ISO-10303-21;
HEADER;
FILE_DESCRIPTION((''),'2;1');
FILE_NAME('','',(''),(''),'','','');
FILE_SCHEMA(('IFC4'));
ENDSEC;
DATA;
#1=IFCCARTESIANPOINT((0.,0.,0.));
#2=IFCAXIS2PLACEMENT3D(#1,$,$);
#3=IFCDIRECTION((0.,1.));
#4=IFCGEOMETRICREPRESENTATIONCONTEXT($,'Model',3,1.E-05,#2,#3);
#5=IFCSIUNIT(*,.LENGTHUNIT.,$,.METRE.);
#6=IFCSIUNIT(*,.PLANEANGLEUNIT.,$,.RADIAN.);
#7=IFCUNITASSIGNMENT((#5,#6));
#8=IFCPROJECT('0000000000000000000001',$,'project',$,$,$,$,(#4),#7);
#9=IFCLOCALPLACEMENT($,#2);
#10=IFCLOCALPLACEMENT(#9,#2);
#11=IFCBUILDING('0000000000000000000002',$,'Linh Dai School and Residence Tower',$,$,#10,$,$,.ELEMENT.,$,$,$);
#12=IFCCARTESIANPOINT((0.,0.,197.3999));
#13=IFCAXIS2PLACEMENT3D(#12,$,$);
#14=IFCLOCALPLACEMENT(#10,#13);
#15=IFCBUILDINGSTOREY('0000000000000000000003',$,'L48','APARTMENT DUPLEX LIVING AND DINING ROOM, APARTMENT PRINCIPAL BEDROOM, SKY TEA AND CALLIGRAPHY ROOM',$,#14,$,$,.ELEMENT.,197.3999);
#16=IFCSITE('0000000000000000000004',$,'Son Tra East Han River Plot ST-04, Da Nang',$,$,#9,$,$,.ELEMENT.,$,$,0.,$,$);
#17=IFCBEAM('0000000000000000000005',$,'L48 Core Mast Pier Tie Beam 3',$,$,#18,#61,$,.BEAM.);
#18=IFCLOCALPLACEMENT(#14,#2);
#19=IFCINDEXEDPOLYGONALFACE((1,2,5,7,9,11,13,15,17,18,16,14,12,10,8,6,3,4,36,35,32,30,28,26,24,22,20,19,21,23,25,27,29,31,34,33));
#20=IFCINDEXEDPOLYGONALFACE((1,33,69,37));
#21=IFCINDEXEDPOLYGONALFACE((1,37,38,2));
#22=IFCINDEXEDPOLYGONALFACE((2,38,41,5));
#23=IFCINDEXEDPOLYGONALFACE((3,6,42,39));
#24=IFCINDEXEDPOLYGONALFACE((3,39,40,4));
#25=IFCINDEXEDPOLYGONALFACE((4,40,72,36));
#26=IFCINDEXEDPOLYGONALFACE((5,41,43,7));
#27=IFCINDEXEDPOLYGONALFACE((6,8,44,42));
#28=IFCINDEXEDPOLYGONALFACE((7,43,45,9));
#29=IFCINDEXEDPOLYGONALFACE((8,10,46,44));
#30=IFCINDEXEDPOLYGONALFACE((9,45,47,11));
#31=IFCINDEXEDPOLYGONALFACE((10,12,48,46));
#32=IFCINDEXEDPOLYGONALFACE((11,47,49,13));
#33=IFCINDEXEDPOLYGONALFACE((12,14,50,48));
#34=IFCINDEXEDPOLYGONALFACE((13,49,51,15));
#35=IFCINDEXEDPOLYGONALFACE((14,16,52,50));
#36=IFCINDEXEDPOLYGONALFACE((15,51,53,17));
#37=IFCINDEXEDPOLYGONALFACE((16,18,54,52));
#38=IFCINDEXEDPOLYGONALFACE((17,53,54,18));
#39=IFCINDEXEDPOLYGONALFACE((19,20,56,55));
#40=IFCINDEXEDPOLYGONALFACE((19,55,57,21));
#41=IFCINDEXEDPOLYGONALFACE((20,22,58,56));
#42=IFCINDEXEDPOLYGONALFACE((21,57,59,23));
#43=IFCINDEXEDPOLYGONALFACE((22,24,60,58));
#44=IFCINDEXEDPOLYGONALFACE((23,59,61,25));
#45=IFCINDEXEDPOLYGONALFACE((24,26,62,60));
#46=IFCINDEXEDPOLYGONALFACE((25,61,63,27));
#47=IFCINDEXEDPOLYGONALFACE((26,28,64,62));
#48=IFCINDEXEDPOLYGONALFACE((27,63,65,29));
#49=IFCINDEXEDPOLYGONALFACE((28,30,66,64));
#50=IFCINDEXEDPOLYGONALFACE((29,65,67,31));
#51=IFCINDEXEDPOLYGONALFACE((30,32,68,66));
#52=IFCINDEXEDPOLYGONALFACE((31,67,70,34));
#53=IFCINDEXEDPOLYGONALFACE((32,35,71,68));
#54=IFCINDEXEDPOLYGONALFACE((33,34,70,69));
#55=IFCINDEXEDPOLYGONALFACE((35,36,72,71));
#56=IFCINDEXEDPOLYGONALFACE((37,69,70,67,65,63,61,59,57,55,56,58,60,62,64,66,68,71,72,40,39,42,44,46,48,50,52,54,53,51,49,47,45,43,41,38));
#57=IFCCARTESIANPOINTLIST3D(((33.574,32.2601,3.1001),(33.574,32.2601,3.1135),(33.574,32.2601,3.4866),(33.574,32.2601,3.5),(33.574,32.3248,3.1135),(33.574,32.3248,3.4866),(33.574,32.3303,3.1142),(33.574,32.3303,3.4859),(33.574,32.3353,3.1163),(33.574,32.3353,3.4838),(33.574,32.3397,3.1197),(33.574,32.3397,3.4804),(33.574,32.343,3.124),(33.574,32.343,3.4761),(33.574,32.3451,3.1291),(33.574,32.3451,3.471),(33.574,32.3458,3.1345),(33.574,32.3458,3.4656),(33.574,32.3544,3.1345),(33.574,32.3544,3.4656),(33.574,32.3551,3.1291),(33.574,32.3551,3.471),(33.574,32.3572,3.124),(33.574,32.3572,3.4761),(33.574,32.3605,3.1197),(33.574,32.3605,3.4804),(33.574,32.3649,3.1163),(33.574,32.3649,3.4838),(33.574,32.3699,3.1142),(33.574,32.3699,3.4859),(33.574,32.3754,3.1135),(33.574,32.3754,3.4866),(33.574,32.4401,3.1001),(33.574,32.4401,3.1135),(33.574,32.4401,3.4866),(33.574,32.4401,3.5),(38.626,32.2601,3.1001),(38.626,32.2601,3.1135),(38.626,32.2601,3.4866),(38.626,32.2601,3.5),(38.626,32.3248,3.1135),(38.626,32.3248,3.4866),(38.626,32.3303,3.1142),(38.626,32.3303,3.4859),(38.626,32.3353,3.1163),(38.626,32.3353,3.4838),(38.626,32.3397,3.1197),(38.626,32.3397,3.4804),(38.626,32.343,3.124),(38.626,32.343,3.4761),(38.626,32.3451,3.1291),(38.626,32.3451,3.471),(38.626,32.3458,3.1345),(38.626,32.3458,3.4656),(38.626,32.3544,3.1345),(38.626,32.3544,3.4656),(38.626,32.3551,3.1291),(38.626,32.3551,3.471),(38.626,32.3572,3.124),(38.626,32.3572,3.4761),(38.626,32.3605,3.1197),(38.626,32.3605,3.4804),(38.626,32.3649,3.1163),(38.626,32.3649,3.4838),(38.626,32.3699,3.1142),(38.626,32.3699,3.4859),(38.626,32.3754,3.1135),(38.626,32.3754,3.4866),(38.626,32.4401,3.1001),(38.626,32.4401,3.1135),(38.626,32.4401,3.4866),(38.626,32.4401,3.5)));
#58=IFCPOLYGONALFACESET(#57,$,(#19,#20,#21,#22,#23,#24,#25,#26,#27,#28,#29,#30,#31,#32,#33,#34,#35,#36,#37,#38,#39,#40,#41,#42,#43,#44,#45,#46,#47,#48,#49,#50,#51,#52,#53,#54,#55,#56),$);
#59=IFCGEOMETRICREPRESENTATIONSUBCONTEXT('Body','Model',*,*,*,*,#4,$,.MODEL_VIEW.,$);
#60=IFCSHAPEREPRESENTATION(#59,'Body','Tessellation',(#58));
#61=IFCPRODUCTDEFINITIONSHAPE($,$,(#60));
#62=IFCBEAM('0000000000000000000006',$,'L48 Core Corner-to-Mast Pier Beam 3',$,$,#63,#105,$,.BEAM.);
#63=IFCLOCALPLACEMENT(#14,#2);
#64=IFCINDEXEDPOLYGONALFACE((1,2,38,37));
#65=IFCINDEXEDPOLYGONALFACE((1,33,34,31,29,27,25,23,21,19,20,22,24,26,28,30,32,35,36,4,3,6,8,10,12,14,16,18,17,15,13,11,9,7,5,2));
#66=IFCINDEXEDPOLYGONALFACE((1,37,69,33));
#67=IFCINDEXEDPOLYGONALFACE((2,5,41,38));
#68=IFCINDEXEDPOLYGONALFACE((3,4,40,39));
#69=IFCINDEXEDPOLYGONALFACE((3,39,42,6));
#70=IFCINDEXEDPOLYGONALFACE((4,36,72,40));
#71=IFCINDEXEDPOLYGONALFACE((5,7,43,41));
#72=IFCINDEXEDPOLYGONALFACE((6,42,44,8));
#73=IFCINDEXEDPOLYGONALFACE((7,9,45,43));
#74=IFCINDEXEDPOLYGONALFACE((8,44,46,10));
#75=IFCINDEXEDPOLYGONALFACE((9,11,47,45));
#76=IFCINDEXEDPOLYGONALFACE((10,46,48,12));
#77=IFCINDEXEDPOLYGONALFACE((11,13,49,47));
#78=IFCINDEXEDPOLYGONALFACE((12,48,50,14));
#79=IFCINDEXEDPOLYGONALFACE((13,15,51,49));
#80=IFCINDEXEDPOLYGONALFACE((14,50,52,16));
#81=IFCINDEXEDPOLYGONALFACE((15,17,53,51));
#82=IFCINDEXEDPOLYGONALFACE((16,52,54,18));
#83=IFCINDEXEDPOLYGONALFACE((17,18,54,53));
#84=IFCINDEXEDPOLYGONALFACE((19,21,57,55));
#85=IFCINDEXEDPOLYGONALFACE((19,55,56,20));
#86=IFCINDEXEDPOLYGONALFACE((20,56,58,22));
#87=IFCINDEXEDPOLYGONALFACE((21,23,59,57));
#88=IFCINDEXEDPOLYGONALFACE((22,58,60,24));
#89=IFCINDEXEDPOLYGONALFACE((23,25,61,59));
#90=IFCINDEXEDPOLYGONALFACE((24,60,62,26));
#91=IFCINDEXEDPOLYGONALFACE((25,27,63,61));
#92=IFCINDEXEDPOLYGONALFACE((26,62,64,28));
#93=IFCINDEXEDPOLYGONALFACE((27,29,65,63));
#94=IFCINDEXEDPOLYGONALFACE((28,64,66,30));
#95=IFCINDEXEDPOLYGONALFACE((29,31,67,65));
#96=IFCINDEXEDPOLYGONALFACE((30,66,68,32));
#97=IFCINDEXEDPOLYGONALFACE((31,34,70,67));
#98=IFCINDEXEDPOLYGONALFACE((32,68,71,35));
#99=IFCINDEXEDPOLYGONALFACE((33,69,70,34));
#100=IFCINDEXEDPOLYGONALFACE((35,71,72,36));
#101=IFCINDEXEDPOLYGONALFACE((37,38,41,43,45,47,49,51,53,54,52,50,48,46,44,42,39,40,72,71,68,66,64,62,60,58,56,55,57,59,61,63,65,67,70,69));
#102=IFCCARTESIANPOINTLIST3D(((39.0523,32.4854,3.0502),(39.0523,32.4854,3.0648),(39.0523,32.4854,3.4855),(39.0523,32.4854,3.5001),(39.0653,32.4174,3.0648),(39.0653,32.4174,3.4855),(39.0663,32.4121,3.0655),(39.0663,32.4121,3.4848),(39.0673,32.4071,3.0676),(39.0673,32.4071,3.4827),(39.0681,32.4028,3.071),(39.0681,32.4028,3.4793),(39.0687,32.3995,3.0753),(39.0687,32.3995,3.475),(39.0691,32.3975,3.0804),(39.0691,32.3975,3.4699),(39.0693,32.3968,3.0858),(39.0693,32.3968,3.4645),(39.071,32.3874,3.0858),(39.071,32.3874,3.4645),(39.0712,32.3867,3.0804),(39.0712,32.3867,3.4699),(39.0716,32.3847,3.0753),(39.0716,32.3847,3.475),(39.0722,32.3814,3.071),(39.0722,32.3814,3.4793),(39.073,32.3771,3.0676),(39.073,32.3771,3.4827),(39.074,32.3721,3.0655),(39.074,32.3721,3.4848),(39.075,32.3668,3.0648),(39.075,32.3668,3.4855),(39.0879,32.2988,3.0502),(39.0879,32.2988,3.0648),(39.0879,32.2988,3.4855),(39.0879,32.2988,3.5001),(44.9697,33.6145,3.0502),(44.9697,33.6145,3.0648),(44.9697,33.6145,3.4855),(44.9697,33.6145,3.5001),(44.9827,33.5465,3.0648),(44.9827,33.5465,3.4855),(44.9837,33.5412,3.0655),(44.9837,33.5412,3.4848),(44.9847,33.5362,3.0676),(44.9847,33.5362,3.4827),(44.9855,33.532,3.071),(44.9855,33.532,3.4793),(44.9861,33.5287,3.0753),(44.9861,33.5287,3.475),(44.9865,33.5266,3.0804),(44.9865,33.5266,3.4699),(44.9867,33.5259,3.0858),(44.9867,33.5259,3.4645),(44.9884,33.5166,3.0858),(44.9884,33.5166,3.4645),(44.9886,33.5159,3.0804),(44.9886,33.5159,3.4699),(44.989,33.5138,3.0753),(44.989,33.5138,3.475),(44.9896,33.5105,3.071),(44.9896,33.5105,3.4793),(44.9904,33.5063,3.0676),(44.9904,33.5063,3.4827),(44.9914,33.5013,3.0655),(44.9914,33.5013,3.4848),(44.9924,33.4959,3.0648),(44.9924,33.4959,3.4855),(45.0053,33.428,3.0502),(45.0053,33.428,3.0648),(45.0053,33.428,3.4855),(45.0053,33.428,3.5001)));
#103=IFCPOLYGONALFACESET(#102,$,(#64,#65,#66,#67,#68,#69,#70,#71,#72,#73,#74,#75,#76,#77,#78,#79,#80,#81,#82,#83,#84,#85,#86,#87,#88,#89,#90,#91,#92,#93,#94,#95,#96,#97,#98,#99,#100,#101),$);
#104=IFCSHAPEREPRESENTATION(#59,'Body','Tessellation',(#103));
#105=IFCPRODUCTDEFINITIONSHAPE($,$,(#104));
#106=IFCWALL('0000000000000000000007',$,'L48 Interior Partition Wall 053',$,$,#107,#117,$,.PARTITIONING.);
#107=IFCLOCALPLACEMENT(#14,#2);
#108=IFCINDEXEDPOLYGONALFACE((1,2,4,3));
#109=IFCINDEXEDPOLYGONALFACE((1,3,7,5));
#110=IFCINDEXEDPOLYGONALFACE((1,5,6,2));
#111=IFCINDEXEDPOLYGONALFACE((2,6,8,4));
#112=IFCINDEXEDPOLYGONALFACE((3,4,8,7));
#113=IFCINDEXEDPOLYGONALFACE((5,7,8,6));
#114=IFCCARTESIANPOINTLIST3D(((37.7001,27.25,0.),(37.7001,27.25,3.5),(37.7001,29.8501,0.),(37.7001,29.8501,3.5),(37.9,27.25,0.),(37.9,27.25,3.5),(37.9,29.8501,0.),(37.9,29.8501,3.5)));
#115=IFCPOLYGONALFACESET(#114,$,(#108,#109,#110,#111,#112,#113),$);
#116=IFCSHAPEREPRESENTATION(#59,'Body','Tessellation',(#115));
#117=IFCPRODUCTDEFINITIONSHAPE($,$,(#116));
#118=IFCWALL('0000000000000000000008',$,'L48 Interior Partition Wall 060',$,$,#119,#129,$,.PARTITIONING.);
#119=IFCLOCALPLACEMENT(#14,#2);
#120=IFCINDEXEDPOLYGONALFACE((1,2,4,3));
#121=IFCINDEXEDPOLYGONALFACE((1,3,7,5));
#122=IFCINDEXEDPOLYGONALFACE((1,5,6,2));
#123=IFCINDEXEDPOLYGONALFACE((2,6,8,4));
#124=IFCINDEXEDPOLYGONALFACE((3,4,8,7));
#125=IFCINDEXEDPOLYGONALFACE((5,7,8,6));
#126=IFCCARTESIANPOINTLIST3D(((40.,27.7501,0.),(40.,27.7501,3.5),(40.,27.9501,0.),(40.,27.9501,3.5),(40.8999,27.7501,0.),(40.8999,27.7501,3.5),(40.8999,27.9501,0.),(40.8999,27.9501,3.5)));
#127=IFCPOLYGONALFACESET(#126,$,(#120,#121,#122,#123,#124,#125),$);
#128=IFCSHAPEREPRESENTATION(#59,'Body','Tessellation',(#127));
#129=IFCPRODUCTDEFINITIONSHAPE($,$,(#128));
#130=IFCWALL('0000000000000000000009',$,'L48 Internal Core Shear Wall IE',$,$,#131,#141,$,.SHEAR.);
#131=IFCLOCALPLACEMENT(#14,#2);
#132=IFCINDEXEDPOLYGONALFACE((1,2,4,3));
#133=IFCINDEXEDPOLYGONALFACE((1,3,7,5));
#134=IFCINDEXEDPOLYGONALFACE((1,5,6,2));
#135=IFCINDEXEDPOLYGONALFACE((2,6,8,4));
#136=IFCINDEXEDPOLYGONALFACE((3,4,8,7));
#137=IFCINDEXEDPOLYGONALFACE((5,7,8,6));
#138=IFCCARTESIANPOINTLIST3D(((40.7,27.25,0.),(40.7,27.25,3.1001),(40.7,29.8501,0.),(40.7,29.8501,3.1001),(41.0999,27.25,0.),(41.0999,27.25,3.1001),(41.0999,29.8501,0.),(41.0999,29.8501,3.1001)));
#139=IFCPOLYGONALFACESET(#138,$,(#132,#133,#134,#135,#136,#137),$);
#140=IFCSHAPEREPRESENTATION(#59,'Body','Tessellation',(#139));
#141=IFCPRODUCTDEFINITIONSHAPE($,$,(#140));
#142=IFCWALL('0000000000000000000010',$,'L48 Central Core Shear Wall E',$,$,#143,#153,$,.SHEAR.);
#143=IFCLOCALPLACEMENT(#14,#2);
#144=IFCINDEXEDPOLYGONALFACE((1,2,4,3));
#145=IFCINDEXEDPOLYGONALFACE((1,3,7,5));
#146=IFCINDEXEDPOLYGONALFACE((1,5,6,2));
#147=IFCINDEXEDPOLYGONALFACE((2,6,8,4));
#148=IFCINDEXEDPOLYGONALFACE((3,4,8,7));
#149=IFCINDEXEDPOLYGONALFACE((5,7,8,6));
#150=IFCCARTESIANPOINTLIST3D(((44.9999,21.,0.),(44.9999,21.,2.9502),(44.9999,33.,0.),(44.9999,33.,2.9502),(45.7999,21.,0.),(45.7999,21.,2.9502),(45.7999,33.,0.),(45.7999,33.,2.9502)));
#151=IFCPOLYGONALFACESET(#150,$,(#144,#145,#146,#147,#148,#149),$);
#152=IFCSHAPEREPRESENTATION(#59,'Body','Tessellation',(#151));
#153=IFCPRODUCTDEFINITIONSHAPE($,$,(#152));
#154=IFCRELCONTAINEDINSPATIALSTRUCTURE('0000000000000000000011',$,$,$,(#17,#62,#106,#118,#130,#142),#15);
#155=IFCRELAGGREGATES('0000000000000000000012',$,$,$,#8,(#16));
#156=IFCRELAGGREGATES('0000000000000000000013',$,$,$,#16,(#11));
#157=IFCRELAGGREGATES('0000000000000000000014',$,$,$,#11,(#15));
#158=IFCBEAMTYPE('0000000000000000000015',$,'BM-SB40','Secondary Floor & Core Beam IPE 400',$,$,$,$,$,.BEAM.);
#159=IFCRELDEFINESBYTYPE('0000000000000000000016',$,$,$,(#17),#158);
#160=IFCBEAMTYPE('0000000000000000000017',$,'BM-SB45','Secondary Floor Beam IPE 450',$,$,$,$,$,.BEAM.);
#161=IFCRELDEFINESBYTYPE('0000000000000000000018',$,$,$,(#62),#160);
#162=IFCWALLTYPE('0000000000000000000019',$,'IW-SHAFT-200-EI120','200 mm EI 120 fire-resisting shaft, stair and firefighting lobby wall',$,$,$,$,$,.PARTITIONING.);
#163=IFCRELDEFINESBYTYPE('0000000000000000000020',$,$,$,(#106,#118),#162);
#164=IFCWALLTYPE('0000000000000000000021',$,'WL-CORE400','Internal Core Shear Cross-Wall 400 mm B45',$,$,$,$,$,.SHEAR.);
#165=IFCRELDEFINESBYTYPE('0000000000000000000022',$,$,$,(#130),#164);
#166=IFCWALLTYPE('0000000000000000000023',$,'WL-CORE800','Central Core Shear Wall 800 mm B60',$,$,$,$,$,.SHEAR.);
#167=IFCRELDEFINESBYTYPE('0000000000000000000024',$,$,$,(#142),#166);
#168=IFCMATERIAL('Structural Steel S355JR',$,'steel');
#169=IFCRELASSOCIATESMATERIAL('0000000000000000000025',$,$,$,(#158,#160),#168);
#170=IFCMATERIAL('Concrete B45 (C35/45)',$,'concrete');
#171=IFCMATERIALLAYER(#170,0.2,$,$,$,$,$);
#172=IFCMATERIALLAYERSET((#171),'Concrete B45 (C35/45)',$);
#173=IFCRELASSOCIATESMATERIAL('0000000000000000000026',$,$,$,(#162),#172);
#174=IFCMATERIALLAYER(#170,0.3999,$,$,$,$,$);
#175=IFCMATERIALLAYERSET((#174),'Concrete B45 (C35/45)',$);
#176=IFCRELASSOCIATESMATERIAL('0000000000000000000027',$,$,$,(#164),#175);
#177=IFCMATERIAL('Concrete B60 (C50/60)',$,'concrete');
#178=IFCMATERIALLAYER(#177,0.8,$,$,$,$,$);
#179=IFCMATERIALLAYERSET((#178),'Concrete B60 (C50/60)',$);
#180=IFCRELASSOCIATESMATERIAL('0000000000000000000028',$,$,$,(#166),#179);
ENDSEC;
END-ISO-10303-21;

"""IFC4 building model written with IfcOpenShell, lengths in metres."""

from ifc_helpers import new_model, si_unit, direction, frame, frame_2d, origin, origin_2d, place, context, subcontext, project, spatial, rectangle, i_section, extrude, material, layer, layer_set, material_profile, profile_set, type_object, element, save


model = new_model("IFC4")

# Units and contexts
model_context = context("Model", 3, precision=1e-05, world=origin(), true_north=direction((0.0, 1.0)))
body_context = subcontext(model_context, "Body", "Model", "MODEL_VIEW")
ifc_project = project(units=[si_unit("LENGTHUNIT", "METRE"), si_unit("PLANEANGLEUNIT", "RADIAN")], contexts=[model_context])

# Site, building, storey
site_placement = place(None, origin())
site = spatial("IfcSite", under=ifc_project, at=site_placement, Name="Son Tra East Han River Plot ST-04, Da Nang", CompositionType="ELEMENT", RefElevation=0.0)
building_placement = place(site_placement, origin())
building = spatial("IfcBuilding", under=site, at=building_placement, Name="Linh Dai School and Residence Tower", CompositionType="ELEMENT")
storey_placement = place(building_placement, frame((0.0, 0.0, 197.3999)))
storey = spatial("IfcBuildingStorey", under=building, at=storey_placement, Name="L48", Description="APARTMENT DUPLEX LIVING AND DINING ROOM, APARTMENT PRINCIPAL BEDROOM, SKY TEA AND CALLIGRAPHY ROOM", CompositionType="ELEMENT", Elevation=197.3999)

# Shared definitions
ifc_material_1 = material(Name="Structural Steel S355JR", Category="steel")

# Beams
ifc_material_profile_1 = material_profile(ifc_material_1, i_section(OverallWidth=0.1799, OverallDepth=0.3999, WebThickness=0.0085, FlangeThickness=0.0134, FilletRadius=0.021, at=origin_2d()), Name="IPE 400")
ifc_profile_set_1 = profile_set([ifc_material_profile_1], Name="Structural Steel S355JR")
beam_type_1 = type_object("IfcBeamType", Name="BM-SB40", Description="Secondary Floor & Core Beam IPE 400", PredefinedType="BEAM", material=ifc_profile_set_1)
beam_1_placement = place(storey_placement, frame((38.626, 32.3501, 3.3), z_axis=(-1.0, 0.0, 0.0), x_axis=(0.0, -1.0, 0.0)))
element("IfcBeam", 1, at=beam_1_placement, inside=storey, type_object=beam_type_1, Name="L48 Core Mast Pier Tie Beam 3", PredefinedType="BEAM", context=body_context, shape_type="SweptSolid", body=[
    extrude(i_section(OverallWidth=0.1799, OverallDepth=0.3999, WebThickness=0.0085, FlangeThickness=0.0134, FilletRadius=0.021, at=origin_2d()), origin(), (0.0, 0.0, 1.0), 5.052),
])
ifc_material_profile_2 = material_profile(ifc_material_1, i_section(OverallWidth=0.1899, OverallDepth=0.45, WebThickness=0.0095, FlangeThickness=0.0146, FilletRadius=0.021, at=origin_2d()), Name="IPE 450")
ifc_profile_set_2 = profile_set([ifc_material_profile_2], Name="Structural Steel S355JR")
beam_type_2 = type_object("IfcBeamType", Name="BM-SB45", Description="Secondary Floor Beam IPE 450", PredefinedType="BEAM", material=ifc_profile_set_2)
beam_2_placement = place(storey_placement, frame((44.9875, 33.5212, 3.2751), z_axis=(-0.982277, -0.187434, 0.0), x_axis=(0.187434, -0.982277, 0.0)))
element("IfcBeam", 2, at=beam_2_placement, inside=storey, type_object=beam_type_2, Name="L48 Core Corner-to-Mast Pier Beam 3", PredefinedType="BEAM", context=body_context, shape_type="SweptSolid", body=[
    extrude(i_section(OverallWidth=0.1899, OverallDepth=0.45, WebThickness=0.0095, FlangeThickness=0.0146, FilletRadius=0.021, at=origin_2d()), origin(), (0.0, 0.0, 1.0), 6.0242),
])

# Walls
ifc_material_2 = material(Name="Concrete B45 (C35/45)", Category="concrete")
ifc_layer_1 = layer(ifc_material_2, 0.2)
ifc_layer_set_1 = layer_set([ifc_layer_1], Name="Concrete B45 (C35/45)")
wall_type_1 = type_object("IfcWallType", Name="IW-SHAFT-200-EI120", Description="200 mm EI 120 fire-resisting shaft, stair and firefighting lobby wall", PredefinedType="PARTITIONING", material=ifc_layer_set_1)
wall_1_placement = place(storey_placement, frame((37.8, 27.25, 0.0), z_axis=(0.0, 0.0, 1.0), x_axis=(0.0, 1.0, 0.0)))
element("IfcWall", 3, at=wall_1_placement, inside=storey, type_object=wall_type_1, Name="L48 Interior Partition Wall 053", PredefinedType="PARTITIONING", context=body_context, shape_type="SweptSolid", body=[
    extrude(rectangle(XDim=2.6001, YDim=0.2, at=frame_2d((1.3, 0.0))), origin(), (0.0, 0.0, 1.0), 3.5),
])
wall_2_placement = place(storey_placement, frame((40.0, 27.8501, 0.0), z_axis=(0.0, 0.0, 1.0), x_axis=(1.0, 0.0, 0.0)))
element("IfcWall", 4, at=wall_2_placement, inside=storey, type_object=wall_type_1, Name="L48 Interior Partition Wall 060", PredefinedType="PARTITIONING", context=body_context, shape_type="SweptSolid", body=[
    extrude(rectangle(XDim=0.8999, YDim=0.2, at=frame_2d((0.45, 0.0))), origin(), (0.0, 0.0, 1.0), 3.5),
])
ifc_layer_2 = layer(ifc_material_2, 0.3999)
ifc_layer_set_2 = layer_set([ifc_layer_2], Name="Concrete B45 (C35/45)")
wall_type_2 = type_object("IfcWallType", Name="WL-CORE400", Description="Internal Core Shear Cross-Wall 400 mm B45", PredefinedType="SHEAR", material=ifc_layer_set_2)
wall_3_placement = place(storey_placement, frame((40.8999, 27.25, 0.0), z_axis=(0.0, 0.0, 1.0), x_axis=(0.0, 1.0, 0.0)))
element("IfcWall", 5, at=wall_3_placement, inside=storey, type_object=wall_type_2, Name="L48 Internal Core Shear Wall IE", PredefinedType="SHEAR", context=body_context, shape_type="SweptSolid", body=[
    extrude(rectangle(XDim=2.6001, YDim=0.3999, at=frame_2d((1.3, 0.0))), origin(), (0.0, 0.0, 1.0), 3.1001),
])
ifc_material_3 = material(Name="Concrete B60 (C50/60)", Category="concrete")
ifc_layer_3 = layer(ifc_material_3, 0.8)
ifc_layer_set_3 = layer_set([ifc_layer_3], Name="Concrete B60 (C50/60)")
wall_type_3 = type_object("IfcWallType", Name="WL-CORE800", Description="Central Core Shear Wall 800 mm B60", PredefinedType="SHEAR", material=ifc_layer_set_3)
wall_4_placement = place(storey_placement, frame((45.3999, 33.0, 0.0), z_axis=(0.0, 0.0, 1.0), x_axis=(0.0, -1.0, 0.0)))
element("IfcWall", 6, at=wall_4_placement, inside=storey, type_object=wall_type_3, Name="L48 Central Core Shear Wall E", PredefinedType="SHEAR", context=body_context, shape_type="SweptSolid", body=[
    extrude(rectangle(XDim=12.0, YDim=0.8, at=frame_2d((6.0, 0.0))), origin(), (0.0, 0.0, 1.0), 2.9502),
])

save(model, "model.ifc")
